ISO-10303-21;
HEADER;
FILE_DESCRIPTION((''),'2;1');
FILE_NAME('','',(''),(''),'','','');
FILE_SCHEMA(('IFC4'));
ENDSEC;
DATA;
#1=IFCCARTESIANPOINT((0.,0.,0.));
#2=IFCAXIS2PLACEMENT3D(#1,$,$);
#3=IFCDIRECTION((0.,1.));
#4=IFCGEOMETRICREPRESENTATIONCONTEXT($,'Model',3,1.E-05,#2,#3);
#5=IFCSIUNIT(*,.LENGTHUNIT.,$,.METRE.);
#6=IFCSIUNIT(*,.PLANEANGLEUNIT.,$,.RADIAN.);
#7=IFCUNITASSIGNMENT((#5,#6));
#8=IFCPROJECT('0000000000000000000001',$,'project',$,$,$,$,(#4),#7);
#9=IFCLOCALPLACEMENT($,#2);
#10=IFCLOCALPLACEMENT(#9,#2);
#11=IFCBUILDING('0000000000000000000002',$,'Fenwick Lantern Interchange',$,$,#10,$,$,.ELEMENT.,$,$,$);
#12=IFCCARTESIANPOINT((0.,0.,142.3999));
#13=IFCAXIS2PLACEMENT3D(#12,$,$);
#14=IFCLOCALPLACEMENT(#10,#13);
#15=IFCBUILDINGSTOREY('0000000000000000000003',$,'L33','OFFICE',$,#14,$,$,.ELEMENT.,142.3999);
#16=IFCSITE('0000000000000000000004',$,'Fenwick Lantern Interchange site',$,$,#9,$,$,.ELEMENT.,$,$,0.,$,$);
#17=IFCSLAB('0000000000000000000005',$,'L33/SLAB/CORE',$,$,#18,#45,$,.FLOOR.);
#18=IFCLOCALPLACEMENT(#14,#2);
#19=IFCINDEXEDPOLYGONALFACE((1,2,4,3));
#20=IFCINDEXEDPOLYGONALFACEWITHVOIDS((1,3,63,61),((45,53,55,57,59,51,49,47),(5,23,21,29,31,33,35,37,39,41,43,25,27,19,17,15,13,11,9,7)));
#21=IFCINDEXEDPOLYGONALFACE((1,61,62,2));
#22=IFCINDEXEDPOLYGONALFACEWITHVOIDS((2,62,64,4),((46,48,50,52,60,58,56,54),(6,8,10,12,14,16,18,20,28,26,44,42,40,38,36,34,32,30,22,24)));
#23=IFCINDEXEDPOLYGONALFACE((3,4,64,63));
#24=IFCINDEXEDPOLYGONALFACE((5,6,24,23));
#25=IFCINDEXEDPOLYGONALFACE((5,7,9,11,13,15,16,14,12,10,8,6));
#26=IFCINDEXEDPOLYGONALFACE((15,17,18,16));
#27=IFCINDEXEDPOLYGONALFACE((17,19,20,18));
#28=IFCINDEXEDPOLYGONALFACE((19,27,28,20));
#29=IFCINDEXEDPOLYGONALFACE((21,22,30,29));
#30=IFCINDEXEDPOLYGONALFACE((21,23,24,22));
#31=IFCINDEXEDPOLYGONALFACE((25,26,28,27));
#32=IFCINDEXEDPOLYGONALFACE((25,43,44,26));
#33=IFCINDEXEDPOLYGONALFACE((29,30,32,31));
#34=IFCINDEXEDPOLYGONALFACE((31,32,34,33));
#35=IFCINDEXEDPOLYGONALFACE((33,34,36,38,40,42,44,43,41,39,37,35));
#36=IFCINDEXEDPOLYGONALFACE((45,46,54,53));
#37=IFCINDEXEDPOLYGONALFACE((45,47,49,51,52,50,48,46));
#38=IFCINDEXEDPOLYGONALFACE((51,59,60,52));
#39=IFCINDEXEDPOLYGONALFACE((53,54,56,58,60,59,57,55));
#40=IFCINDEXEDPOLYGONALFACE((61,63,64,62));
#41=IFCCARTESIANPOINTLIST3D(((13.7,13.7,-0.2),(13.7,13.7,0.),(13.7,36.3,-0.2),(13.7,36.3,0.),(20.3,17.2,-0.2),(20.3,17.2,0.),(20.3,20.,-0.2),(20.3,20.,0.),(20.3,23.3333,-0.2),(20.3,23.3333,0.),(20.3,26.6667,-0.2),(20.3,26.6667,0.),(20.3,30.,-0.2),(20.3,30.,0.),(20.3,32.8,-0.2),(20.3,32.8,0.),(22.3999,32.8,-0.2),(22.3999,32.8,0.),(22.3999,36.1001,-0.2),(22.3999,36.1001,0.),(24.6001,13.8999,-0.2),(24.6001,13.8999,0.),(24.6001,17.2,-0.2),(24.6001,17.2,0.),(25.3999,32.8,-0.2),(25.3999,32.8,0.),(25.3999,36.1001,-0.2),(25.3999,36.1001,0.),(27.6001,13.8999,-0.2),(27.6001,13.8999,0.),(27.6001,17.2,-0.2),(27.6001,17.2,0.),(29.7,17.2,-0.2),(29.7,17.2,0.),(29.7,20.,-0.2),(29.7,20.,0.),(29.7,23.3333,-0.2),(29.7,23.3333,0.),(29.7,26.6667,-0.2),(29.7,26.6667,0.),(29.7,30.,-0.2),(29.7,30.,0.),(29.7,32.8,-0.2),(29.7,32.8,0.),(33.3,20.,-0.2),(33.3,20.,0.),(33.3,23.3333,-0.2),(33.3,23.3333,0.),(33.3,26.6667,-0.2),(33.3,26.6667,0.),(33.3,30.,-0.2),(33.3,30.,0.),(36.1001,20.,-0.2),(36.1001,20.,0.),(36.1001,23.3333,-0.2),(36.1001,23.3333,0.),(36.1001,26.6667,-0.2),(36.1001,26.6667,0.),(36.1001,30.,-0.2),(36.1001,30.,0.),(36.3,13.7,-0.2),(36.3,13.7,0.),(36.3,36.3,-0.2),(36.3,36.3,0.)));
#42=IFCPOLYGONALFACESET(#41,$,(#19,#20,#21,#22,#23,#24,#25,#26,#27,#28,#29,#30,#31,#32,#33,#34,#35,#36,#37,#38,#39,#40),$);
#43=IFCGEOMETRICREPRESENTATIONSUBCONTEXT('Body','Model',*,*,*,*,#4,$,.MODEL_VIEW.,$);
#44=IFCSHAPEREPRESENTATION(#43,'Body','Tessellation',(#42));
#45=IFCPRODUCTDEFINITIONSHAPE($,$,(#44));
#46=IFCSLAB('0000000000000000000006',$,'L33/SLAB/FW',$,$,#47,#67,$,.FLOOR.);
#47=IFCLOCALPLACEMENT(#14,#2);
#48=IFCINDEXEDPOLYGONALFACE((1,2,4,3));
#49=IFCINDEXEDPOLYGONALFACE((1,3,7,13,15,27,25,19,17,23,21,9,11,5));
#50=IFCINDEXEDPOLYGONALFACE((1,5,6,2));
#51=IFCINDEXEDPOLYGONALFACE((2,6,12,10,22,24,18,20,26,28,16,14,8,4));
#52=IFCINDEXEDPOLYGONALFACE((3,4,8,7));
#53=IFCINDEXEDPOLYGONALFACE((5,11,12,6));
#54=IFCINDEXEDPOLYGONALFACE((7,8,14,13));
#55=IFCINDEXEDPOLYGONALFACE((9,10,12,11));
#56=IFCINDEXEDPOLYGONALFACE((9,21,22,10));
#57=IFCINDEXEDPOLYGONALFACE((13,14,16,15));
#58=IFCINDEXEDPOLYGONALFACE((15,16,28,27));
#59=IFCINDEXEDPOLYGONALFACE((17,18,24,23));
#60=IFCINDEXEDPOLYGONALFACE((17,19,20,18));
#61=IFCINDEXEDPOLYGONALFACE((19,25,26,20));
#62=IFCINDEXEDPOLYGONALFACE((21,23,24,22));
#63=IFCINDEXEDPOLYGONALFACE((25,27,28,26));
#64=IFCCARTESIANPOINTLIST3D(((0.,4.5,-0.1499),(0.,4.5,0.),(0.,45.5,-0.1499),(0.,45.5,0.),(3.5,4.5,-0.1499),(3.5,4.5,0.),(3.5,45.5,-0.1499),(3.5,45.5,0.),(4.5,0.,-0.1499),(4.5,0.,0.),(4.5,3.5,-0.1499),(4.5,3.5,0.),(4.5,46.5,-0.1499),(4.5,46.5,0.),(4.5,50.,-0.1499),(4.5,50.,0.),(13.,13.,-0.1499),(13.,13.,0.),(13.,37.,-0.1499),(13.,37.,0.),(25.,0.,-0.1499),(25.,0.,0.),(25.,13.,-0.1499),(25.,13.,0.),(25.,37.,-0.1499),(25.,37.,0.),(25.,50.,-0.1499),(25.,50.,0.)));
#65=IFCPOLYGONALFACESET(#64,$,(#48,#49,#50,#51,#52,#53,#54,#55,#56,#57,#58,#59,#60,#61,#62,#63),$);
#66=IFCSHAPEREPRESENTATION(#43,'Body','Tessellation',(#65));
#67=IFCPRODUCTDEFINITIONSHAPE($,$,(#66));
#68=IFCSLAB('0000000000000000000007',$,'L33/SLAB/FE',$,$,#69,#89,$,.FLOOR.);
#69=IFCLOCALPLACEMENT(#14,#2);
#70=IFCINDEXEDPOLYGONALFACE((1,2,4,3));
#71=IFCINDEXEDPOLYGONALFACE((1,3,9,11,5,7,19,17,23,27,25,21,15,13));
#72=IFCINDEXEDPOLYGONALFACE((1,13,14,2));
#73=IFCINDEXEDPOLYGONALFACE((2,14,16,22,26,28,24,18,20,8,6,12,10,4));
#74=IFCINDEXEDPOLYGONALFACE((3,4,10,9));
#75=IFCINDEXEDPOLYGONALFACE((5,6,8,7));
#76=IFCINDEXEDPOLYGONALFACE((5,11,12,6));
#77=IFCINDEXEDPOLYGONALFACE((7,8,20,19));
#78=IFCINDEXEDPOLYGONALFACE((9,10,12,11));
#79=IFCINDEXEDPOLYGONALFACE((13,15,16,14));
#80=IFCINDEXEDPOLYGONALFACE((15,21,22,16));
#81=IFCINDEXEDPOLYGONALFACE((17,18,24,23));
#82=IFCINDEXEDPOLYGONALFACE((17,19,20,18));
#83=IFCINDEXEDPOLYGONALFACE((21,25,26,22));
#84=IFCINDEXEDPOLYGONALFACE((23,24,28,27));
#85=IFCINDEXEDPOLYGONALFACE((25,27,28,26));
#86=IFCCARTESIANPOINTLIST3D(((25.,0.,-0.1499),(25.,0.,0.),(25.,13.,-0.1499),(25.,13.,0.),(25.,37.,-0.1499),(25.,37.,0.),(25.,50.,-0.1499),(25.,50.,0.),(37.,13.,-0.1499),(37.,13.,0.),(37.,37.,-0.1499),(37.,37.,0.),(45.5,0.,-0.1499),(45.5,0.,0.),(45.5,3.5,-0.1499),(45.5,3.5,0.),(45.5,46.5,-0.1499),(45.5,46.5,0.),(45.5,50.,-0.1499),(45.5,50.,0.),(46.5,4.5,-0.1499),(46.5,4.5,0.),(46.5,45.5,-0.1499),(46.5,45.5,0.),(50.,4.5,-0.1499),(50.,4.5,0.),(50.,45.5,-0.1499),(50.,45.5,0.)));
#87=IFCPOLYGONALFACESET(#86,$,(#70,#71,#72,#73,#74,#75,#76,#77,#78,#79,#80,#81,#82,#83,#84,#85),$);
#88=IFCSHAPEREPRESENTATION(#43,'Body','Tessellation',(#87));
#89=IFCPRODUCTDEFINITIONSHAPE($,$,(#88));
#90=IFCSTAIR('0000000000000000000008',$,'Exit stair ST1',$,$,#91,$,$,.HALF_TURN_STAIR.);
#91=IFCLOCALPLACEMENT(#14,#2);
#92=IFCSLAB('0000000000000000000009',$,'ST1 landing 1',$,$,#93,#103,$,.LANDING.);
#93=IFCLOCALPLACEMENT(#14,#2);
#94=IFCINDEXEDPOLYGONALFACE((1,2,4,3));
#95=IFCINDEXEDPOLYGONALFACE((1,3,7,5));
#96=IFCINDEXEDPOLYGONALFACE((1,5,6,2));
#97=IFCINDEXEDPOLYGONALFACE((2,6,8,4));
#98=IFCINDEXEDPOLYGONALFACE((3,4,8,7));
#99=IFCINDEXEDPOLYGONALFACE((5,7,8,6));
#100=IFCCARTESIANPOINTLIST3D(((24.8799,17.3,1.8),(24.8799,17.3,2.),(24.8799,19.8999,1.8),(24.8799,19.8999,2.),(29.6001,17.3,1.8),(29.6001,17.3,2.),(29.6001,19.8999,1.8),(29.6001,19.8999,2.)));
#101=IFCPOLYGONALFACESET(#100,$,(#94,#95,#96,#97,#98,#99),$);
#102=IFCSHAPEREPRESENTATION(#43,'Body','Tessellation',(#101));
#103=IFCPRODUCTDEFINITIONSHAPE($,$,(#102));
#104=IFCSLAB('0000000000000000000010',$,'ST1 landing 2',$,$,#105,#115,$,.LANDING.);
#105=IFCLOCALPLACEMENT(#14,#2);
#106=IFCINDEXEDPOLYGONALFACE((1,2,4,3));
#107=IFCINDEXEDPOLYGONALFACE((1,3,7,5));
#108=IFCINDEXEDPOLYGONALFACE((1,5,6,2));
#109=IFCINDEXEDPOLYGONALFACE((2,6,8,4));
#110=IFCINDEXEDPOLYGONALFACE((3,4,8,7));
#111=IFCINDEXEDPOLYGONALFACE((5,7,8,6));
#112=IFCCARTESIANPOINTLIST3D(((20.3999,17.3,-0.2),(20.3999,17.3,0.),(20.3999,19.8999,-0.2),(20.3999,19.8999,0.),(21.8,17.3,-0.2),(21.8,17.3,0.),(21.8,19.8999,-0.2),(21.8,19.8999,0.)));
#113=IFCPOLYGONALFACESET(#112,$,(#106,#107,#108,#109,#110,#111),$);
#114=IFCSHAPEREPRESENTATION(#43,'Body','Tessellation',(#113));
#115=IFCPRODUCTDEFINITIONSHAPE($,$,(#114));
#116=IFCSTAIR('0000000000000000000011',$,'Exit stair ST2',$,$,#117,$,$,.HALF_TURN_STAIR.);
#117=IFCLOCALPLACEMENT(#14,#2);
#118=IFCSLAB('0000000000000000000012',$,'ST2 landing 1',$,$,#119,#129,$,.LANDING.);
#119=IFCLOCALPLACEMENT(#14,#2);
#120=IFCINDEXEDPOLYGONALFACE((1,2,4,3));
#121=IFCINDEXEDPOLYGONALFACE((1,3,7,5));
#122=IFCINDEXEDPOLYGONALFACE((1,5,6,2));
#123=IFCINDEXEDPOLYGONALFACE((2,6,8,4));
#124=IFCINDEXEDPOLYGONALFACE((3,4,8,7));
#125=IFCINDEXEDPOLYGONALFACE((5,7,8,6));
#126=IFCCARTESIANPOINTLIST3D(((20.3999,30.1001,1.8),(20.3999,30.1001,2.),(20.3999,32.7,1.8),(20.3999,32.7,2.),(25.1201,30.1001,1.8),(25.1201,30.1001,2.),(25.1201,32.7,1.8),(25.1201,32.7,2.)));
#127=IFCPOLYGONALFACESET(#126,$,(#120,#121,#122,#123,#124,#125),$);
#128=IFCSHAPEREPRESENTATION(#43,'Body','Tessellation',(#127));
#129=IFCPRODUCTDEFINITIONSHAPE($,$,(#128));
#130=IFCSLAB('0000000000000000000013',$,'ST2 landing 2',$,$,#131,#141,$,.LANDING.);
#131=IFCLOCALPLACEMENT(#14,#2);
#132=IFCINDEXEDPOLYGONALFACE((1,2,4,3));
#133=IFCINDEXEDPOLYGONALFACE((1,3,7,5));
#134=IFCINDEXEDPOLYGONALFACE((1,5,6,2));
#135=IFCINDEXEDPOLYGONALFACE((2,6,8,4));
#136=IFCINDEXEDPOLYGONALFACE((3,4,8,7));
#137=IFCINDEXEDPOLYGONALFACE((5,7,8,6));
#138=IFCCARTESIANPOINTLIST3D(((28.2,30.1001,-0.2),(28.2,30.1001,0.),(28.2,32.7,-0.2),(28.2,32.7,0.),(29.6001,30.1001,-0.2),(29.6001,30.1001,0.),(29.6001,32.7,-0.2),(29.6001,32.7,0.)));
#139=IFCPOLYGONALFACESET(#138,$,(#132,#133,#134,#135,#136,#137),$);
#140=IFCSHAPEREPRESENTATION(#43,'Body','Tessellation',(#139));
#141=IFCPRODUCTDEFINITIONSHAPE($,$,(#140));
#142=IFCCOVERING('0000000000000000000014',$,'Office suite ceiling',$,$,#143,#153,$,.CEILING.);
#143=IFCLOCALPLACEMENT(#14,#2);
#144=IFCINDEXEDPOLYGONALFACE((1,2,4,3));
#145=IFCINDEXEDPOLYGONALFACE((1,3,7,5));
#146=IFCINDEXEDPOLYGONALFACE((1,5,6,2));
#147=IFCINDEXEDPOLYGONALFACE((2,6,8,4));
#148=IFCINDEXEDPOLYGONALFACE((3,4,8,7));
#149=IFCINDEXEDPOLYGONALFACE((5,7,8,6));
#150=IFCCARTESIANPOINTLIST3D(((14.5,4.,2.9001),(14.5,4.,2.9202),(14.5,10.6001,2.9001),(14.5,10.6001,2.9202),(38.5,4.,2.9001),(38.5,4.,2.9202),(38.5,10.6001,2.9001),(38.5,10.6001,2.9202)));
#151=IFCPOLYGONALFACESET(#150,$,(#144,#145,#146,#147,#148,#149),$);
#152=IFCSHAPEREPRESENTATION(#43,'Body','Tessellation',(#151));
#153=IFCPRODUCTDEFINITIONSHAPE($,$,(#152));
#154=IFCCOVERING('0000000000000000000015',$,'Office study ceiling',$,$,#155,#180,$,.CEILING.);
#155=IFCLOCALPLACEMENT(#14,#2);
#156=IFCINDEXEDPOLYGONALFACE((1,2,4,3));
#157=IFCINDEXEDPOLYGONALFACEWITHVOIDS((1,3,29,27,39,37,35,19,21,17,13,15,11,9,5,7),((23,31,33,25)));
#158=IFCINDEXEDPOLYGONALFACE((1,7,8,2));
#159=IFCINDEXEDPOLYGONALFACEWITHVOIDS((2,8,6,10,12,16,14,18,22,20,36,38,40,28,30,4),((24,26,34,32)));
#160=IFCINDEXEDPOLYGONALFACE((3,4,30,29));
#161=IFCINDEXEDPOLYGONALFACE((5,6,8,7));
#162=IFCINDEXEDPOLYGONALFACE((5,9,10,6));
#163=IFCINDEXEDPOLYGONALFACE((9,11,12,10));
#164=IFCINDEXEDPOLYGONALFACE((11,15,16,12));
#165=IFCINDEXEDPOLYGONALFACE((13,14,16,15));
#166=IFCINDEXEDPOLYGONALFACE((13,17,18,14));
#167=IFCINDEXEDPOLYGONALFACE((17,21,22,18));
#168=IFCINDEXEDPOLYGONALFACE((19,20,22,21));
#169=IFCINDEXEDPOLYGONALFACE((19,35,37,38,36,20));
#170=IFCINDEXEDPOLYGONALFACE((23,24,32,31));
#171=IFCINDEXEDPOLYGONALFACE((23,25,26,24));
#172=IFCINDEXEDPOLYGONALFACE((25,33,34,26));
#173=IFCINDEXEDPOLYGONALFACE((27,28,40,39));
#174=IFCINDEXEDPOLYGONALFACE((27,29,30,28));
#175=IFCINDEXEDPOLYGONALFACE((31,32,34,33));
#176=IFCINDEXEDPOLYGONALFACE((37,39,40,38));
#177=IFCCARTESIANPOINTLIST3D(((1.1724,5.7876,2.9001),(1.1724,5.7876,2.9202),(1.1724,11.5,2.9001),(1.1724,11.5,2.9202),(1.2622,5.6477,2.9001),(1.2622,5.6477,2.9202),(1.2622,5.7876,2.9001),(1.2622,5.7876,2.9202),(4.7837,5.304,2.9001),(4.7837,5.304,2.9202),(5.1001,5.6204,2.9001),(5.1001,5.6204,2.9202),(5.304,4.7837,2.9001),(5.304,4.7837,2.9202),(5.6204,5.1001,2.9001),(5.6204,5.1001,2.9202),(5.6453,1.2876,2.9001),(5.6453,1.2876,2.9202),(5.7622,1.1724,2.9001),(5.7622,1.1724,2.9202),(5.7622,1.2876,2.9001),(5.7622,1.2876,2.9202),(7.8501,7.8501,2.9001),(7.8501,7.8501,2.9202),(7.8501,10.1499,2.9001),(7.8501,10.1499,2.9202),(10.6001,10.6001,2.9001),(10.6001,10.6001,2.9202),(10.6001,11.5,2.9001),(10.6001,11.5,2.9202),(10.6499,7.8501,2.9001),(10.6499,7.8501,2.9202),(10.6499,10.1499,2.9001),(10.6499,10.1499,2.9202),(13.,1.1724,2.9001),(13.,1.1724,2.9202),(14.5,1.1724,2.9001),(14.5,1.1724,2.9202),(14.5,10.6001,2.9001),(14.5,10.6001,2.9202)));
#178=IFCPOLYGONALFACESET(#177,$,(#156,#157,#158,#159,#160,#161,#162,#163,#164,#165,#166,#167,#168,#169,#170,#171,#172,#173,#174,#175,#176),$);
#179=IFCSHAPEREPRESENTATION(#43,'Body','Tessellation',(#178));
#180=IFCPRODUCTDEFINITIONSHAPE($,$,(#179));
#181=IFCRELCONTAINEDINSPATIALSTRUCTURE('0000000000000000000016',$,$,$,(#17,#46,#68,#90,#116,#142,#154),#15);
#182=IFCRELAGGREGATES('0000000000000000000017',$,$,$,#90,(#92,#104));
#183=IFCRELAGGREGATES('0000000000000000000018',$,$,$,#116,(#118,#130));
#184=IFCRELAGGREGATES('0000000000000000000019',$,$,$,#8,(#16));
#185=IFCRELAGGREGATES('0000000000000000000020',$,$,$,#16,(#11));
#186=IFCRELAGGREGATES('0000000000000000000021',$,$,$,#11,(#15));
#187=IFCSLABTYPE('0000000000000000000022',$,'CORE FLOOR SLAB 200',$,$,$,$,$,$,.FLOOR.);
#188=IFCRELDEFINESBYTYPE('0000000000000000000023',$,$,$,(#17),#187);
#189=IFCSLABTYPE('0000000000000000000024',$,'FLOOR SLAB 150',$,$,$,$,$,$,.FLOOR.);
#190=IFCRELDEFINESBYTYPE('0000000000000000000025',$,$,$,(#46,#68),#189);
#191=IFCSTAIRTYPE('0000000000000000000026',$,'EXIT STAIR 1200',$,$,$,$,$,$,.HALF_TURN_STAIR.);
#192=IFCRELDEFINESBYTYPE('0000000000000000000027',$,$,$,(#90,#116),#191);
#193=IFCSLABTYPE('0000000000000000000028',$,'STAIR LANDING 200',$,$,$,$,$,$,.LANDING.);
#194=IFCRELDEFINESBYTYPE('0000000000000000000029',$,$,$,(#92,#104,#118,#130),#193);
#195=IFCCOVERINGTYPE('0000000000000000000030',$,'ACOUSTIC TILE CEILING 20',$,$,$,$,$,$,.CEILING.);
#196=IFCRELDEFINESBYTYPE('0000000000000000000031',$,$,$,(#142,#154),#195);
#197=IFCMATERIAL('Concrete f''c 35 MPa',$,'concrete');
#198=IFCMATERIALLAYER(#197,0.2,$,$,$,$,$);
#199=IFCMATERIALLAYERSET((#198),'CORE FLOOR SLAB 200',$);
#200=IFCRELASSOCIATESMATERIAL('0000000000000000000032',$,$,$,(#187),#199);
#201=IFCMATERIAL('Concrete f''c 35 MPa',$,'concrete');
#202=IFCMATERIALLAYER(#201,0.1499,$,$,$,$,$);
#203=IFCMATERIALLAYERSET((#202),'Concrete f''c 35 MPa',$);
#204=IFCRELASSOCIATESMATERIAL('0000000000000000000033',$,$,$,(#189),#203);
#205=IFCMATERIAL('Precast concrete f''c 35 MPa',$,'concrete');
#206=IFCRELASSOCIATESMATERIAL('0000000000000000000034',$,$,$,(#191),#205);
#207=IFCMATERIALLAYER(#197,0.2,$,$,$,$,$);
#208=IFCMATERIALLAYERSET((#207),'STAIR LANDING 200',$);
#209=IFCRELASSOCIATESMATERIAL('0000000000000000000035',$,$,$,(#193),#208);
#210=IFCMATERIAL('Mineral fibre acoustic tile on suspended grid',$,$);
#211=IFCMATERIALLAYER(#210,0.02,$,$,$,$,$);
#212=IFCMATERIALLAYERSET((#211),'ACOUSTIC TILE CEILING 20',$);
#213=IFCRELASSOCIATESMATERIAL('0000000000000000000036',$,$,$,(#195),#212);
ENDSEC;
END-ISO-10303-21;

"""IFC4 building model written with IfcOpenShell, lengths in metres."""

from ifc_helpers import new_model, si_unit, direction, frame, origin, place, context, subcontext, project, spatial, polyline, outline, extrude, material, layer, layer_set, type_object, element, aggregate, save


model = new_model("IFC4")

# Units and contexts
model_context = context("Model", 3, precision=1e-05, world=origin(), true_north=direction((0.0, 1.0)))
body_context = subcontext(model_context, "Body", "Model", "MODEL_VIEW")
ifc_project = project(units=[si_unit("LENGTHUNIT", "METRE"), si_unit("PLANEANGLEUNIT", "RADIAN")], contexts=[model_context])

# Site, building, storey
site_placement = place(None, origin())
site = spatial("IfcSite", under=ifc_project, at=site_placement, Name="Fenwick Lantern Interchange site", CompositionType="ELEMENT", RefElevation=0.0)
building_placement = place(site_placement, origin())
building = spatial("IfcBuilding", under=site, at=building_placement, Name="Fenwick Lantern Interchange", CompositionType="ELEMENT")
storey_placement = place(building_placement, frame((0.0, 0.0, 142.3999)))
storey = spatial("IfcBuildingStorey", under=building, at=storey_placement, Name="L33", Description="OFFICE", CompositionType="ELEMENT", Elevation=142.3999)

# Slabs
ifc_material_1 = material(Name="Concrete f'c 35 MPa", Category="concrete")
ifc_layer_1 = layer(ifc_material_1, 0.2)
ifc_layer_set_1 = layer_set([ifc_layer_1], Name="CORE FLOOR SLAB 200")
slab_type_1 = type_object("IfcSlabType", Name="CORE FLOOR SLAB 200", PredefinedType="FLOOR", material=ifc_layer_set_1)
slab_1_placement = place(storey_placement, frame((0.0, 0.0, -0.2)))
element("IfcSlab", 1, at=slab_1_placement, inside=storey, type_object=slab_type_1, Name="L33/SLAB/CORE", PredefinedType="FLOOR", context=body_context, shape_type="SweptSolid", body=[
    extrude(outline(polyline([(13.7, 36.3), (36.3, 36.3), (36.3, 13.7), (13.7, 13.7), (13.7, 36.3)]), holes=[polyline([(29.7, 17.2), (29.7, 20.0), (29.7, 23.3333), (29.7, 26.6667), (29.7, 30.0), (29.7, 32.8), (25.3999, 32.8), (25.3999, 36.1001), (22.3999, 36.1001), (22.3999, 32.8), (20.3, 32.8), (20.3, 30.0), (20.3, 26.6667), (20.3, 23.3333), (20.3, 20.0), (20.3, 17.2), (24.6001, 17.2), (24.6001, 13.8999), (27.6001, 13.8999), (27.6001, 17.2), (29.7, 17.2)]), polyline([(33.3, 23.3333), (33.3, 20.0), (36.1001, 20.0), (36.1001, 23.3333), (36.1001, 26.6667), (36.1001, 30.0), (33.3, 30.0), (33.3, 26.6667), (33.3, 23.3333)])]), origin(), (0.0, 0.0, 1.0), 0.2),
])
ifc_material_2 = material(Name="Concrete f'c 35 MPa", Category="concrete")
ifc_layer_2 = layer(ifc_material_2, 0.1499)
ifc_layer_set_2 = layer_set([ifc_layer_2], Name="Concrete f'c 35 MPa")
slab_type_2 = type_object("IfcSlabType", Name="FLOOR SLAB 150", PredefinedType="FLOOR", material=ifc_layer_set_2)
slab_2_placement = place(storey_placement, frame((0.0, 0.0, -0.1499)))
element("IfcSlab", 2, at=slab_2_placement, inside=storey, type_object=slab_type_2, Name="L33/SLAB/FW", PredefinedType="FLOOR", context=body_context, shape_type="SweptSolid", body=[
    extrude(outline(polyline([(4.5, 0.0), (4.5, 3.5), (3.5, 4.5), (0.0, 4.5), (0.0, 45.5), (3.5, 45.5), (4.5, 46.5), (4.5, 50.0), (25.0, 50.0), (25.0, 37.0), (13.0, 37.0), (13.0, 13.0), (25.0, 13.0), (25.0, 0.0), (4.5, 0.0)])), origin(), (0.0, 0.0, 1.0), 0.1499),
])
slab_3_placement = place(storey_placement, frame((0.0, 0.0, -0.1499)))
element("IfcSlab", 3, at=slab_3_placement, inside=storey, type_object=slab_type_2, Name="L33/SLAB/FE", PredefinedType="FLOOR", context=body_context, shape_type="SweptSolid", body=[
    extrude(outline(polyline([(45.5, 50.0), (45.5, 46.5), (46.5, 45.5), (50.0, 45.5), (50.0, 4.5), (46.5, 4.5), (45.5, 3.5), (45.5, 0.0), (25.0, 0.0), (25.0, 13.0), (37.0, 13.0), (37.0, 37.0), (25.0, 37.0), (25.0, 50.0), (45.5, 50.0)])), origin(), (0.0, 0.0, 1.0), 0.1499),
])

# Stairs, slabs
ifc_material_3 = material(Name="Precast concrete f'c 35 MPa", Category="concrete")
stair_type = type_object("IfcStairType", Name="EXIT STAIR 1200", PredefinedType="HALF_TURN_STAIR", material=ifc_material_3)
stair_1_placement = place(storey_placement, origin())
stair_1 = element("IfcStair", 4, at=stair_1_placement, inside=storey, type_object=stair_type, Name="Exit stair ST1", PredefinedType="HALF_TURN_STAIR")
ifc_layer_3 = layer(ifc_material_1, 0.2)
ifc_layer_set_3 = layer_set([ifc_layer_3], Name="STAIR LANDING 200")
slab_type_3 = type_object("IfcSlabType", Name="STAIR LANDING 200", PredefinedType="LANDING", material=ifc_layer_set_3)
slab_4_placement = place(storey_placement, frame((0.0, 0.0, 1.8)))
slab_4 = element("IfcSlab", 5, at=slab_4_placement, type_object=slab_type_3, Name="ST1 landing 1", PredefinedType="LANDING", context=body_context, shape_type="SweptSolid", body=[
    extrude(outline(polyline([(24.8799, 17.3), (29.6001, 17.3), (29.6001, 19.8999), (24.8799, 19.8999), (24.8799, 17.3)])), origin(), (0.0, 0.0, 1.0), 0.2),
])
slab_5_placement = place(storey_placement, frame((0.0, 0.0, -0.2)))
slab_5 = element("IfcSlab", 6, at=slab_5_placement, type_object=slab_type_3, Name="ST1 landing 2", PredefinedType="LANDING", context=body_context, shape_type="SweptSolid", body=[
    extrude(outline(polyline([(20.3999, 17.3), (21.8, 17.3), (21.8, 19.8999), (20.3999, 19.8999), (20.3999, 17.3)])), origin(), (0.0, 0.0, 1.0), 0.2),
])
aggregate(stair_1, [slab_4, slab_5])
stair_2_placement = place(storey_placement, origin())
stair_2 = element("IfcStair", 7, at=stair_2_placement, inside=storey, type_object=stair_type, Name="Exit stair ST2", PredefinedType="HALF_TURN_STAIR")
slab_6_placement = place(storey_placement, frame((0.0, 0.0, 1.8)))
slab_6 = element("IfcSlab", 8, at=slab_6_placement, type_object=slab_type_3, Name="ST2 landing 1", PredefinedType="LANDING", context=body_context, shape_type="SweptSolid", body=[
    extrude(outline(polyline([(25.1201, 32.7), (20.3999, 32.7), (20.3999, 30.1001), (25.1201, 30.1001), (25.1201, 32.7)])), origin(), (0.0, 0.0, 1.0), 0.2),
])
slab_7_placement = place(storey_placement, frame((0.0, 0.0, -0.2)))
slab_7 = element("IfcSlab", 9, at=slab_7_placement, type_object=slab_type_3, Name="ST2 landing 2", PredefinedType="LANDING", context=body_context, shape_type="SweptSolid", body=[
    extrude(outline(polyline([(29.6001, 32.7), (28.2, 32.7), (28.2, 30.1001), (29.6001, 30.1001), (29.6001, 32.7)])), origin(), (0.0, 0.0, 1.0), 0.2),
])
aggregate(stair_2, [slab_6, slab_7])

# Coverings
ifc_material_4 = material(Name="Mineral fibre acoustic tile on suspended grid")
ifc_layer_4 = layer(ifc_material_4, 0.02)
ifc_layer_set_4 = layer_set([ifc_layer_4], Name="ACOUSTIC TILE CEILING 20")
covering_type_1 = type_object("IfcCoveringType", Name="ACOUSTIC TILE CEILING 20", PredefinedType="CEILING", material=ifc_layer_set_4)
covering_1_placement = place(storey_placement, frame((0.0, 0.0, 2.9001)))
element("IfcCovering", 10, at=covering_1_placement, inside=storey, type_object=covering_type_1, Name="Office suite ceiling", PredefinedType="CEILING", context=body_context, shape_type="SweptSolid", body=[
    extrude(outline(polyline([(14.5, 10.6001), (14.5, 4.0), (38.5, 4.0), (38.5, 10.6001), (14.5, 10.6001)])), origin(), (0.0, 0.0, 1.0), 0.02),
])
covering_2_placement = place(storey_placement, frame((0.0, 0.0, 2.9001)))
element("IfcCovering", 11, at=covering_2_placement, inside=storey, type_object=covering_type_1, Name="Office study ceiling", PredefinedType="CEILING", context=body_context, shape_type="SweptSolid", body=[
    extrude(outline(polyline([(10.6001, 10.6001), (10.6001, 11.5), (1.1724, 11.5), (1.1724, 5.7876), (1.2622, 5.7876), (1.2622, 5.6477), (4.7837, 5.304), (5.1001, 5.6204), (5.6204, 5.1001), (5.304, 4.7837), (5.6453, 1.2876), (5.7622, 1.2876), (5.7622, 1.1724), (13.0, 1.1724), (14.5, 1.1724), (14.5, 10.6001), (10.6001, 10.6001)]), holes=[polyline([(7.8501, 10.1499), (10.6499, 10.1499), (10.6499, 7.8501), (7.8501, 7.8501), (7.8501, 10.1499)])]), origin(), (0.0, 0.0, 1.0), 0.02),
])

save(model, "model.ifc")
